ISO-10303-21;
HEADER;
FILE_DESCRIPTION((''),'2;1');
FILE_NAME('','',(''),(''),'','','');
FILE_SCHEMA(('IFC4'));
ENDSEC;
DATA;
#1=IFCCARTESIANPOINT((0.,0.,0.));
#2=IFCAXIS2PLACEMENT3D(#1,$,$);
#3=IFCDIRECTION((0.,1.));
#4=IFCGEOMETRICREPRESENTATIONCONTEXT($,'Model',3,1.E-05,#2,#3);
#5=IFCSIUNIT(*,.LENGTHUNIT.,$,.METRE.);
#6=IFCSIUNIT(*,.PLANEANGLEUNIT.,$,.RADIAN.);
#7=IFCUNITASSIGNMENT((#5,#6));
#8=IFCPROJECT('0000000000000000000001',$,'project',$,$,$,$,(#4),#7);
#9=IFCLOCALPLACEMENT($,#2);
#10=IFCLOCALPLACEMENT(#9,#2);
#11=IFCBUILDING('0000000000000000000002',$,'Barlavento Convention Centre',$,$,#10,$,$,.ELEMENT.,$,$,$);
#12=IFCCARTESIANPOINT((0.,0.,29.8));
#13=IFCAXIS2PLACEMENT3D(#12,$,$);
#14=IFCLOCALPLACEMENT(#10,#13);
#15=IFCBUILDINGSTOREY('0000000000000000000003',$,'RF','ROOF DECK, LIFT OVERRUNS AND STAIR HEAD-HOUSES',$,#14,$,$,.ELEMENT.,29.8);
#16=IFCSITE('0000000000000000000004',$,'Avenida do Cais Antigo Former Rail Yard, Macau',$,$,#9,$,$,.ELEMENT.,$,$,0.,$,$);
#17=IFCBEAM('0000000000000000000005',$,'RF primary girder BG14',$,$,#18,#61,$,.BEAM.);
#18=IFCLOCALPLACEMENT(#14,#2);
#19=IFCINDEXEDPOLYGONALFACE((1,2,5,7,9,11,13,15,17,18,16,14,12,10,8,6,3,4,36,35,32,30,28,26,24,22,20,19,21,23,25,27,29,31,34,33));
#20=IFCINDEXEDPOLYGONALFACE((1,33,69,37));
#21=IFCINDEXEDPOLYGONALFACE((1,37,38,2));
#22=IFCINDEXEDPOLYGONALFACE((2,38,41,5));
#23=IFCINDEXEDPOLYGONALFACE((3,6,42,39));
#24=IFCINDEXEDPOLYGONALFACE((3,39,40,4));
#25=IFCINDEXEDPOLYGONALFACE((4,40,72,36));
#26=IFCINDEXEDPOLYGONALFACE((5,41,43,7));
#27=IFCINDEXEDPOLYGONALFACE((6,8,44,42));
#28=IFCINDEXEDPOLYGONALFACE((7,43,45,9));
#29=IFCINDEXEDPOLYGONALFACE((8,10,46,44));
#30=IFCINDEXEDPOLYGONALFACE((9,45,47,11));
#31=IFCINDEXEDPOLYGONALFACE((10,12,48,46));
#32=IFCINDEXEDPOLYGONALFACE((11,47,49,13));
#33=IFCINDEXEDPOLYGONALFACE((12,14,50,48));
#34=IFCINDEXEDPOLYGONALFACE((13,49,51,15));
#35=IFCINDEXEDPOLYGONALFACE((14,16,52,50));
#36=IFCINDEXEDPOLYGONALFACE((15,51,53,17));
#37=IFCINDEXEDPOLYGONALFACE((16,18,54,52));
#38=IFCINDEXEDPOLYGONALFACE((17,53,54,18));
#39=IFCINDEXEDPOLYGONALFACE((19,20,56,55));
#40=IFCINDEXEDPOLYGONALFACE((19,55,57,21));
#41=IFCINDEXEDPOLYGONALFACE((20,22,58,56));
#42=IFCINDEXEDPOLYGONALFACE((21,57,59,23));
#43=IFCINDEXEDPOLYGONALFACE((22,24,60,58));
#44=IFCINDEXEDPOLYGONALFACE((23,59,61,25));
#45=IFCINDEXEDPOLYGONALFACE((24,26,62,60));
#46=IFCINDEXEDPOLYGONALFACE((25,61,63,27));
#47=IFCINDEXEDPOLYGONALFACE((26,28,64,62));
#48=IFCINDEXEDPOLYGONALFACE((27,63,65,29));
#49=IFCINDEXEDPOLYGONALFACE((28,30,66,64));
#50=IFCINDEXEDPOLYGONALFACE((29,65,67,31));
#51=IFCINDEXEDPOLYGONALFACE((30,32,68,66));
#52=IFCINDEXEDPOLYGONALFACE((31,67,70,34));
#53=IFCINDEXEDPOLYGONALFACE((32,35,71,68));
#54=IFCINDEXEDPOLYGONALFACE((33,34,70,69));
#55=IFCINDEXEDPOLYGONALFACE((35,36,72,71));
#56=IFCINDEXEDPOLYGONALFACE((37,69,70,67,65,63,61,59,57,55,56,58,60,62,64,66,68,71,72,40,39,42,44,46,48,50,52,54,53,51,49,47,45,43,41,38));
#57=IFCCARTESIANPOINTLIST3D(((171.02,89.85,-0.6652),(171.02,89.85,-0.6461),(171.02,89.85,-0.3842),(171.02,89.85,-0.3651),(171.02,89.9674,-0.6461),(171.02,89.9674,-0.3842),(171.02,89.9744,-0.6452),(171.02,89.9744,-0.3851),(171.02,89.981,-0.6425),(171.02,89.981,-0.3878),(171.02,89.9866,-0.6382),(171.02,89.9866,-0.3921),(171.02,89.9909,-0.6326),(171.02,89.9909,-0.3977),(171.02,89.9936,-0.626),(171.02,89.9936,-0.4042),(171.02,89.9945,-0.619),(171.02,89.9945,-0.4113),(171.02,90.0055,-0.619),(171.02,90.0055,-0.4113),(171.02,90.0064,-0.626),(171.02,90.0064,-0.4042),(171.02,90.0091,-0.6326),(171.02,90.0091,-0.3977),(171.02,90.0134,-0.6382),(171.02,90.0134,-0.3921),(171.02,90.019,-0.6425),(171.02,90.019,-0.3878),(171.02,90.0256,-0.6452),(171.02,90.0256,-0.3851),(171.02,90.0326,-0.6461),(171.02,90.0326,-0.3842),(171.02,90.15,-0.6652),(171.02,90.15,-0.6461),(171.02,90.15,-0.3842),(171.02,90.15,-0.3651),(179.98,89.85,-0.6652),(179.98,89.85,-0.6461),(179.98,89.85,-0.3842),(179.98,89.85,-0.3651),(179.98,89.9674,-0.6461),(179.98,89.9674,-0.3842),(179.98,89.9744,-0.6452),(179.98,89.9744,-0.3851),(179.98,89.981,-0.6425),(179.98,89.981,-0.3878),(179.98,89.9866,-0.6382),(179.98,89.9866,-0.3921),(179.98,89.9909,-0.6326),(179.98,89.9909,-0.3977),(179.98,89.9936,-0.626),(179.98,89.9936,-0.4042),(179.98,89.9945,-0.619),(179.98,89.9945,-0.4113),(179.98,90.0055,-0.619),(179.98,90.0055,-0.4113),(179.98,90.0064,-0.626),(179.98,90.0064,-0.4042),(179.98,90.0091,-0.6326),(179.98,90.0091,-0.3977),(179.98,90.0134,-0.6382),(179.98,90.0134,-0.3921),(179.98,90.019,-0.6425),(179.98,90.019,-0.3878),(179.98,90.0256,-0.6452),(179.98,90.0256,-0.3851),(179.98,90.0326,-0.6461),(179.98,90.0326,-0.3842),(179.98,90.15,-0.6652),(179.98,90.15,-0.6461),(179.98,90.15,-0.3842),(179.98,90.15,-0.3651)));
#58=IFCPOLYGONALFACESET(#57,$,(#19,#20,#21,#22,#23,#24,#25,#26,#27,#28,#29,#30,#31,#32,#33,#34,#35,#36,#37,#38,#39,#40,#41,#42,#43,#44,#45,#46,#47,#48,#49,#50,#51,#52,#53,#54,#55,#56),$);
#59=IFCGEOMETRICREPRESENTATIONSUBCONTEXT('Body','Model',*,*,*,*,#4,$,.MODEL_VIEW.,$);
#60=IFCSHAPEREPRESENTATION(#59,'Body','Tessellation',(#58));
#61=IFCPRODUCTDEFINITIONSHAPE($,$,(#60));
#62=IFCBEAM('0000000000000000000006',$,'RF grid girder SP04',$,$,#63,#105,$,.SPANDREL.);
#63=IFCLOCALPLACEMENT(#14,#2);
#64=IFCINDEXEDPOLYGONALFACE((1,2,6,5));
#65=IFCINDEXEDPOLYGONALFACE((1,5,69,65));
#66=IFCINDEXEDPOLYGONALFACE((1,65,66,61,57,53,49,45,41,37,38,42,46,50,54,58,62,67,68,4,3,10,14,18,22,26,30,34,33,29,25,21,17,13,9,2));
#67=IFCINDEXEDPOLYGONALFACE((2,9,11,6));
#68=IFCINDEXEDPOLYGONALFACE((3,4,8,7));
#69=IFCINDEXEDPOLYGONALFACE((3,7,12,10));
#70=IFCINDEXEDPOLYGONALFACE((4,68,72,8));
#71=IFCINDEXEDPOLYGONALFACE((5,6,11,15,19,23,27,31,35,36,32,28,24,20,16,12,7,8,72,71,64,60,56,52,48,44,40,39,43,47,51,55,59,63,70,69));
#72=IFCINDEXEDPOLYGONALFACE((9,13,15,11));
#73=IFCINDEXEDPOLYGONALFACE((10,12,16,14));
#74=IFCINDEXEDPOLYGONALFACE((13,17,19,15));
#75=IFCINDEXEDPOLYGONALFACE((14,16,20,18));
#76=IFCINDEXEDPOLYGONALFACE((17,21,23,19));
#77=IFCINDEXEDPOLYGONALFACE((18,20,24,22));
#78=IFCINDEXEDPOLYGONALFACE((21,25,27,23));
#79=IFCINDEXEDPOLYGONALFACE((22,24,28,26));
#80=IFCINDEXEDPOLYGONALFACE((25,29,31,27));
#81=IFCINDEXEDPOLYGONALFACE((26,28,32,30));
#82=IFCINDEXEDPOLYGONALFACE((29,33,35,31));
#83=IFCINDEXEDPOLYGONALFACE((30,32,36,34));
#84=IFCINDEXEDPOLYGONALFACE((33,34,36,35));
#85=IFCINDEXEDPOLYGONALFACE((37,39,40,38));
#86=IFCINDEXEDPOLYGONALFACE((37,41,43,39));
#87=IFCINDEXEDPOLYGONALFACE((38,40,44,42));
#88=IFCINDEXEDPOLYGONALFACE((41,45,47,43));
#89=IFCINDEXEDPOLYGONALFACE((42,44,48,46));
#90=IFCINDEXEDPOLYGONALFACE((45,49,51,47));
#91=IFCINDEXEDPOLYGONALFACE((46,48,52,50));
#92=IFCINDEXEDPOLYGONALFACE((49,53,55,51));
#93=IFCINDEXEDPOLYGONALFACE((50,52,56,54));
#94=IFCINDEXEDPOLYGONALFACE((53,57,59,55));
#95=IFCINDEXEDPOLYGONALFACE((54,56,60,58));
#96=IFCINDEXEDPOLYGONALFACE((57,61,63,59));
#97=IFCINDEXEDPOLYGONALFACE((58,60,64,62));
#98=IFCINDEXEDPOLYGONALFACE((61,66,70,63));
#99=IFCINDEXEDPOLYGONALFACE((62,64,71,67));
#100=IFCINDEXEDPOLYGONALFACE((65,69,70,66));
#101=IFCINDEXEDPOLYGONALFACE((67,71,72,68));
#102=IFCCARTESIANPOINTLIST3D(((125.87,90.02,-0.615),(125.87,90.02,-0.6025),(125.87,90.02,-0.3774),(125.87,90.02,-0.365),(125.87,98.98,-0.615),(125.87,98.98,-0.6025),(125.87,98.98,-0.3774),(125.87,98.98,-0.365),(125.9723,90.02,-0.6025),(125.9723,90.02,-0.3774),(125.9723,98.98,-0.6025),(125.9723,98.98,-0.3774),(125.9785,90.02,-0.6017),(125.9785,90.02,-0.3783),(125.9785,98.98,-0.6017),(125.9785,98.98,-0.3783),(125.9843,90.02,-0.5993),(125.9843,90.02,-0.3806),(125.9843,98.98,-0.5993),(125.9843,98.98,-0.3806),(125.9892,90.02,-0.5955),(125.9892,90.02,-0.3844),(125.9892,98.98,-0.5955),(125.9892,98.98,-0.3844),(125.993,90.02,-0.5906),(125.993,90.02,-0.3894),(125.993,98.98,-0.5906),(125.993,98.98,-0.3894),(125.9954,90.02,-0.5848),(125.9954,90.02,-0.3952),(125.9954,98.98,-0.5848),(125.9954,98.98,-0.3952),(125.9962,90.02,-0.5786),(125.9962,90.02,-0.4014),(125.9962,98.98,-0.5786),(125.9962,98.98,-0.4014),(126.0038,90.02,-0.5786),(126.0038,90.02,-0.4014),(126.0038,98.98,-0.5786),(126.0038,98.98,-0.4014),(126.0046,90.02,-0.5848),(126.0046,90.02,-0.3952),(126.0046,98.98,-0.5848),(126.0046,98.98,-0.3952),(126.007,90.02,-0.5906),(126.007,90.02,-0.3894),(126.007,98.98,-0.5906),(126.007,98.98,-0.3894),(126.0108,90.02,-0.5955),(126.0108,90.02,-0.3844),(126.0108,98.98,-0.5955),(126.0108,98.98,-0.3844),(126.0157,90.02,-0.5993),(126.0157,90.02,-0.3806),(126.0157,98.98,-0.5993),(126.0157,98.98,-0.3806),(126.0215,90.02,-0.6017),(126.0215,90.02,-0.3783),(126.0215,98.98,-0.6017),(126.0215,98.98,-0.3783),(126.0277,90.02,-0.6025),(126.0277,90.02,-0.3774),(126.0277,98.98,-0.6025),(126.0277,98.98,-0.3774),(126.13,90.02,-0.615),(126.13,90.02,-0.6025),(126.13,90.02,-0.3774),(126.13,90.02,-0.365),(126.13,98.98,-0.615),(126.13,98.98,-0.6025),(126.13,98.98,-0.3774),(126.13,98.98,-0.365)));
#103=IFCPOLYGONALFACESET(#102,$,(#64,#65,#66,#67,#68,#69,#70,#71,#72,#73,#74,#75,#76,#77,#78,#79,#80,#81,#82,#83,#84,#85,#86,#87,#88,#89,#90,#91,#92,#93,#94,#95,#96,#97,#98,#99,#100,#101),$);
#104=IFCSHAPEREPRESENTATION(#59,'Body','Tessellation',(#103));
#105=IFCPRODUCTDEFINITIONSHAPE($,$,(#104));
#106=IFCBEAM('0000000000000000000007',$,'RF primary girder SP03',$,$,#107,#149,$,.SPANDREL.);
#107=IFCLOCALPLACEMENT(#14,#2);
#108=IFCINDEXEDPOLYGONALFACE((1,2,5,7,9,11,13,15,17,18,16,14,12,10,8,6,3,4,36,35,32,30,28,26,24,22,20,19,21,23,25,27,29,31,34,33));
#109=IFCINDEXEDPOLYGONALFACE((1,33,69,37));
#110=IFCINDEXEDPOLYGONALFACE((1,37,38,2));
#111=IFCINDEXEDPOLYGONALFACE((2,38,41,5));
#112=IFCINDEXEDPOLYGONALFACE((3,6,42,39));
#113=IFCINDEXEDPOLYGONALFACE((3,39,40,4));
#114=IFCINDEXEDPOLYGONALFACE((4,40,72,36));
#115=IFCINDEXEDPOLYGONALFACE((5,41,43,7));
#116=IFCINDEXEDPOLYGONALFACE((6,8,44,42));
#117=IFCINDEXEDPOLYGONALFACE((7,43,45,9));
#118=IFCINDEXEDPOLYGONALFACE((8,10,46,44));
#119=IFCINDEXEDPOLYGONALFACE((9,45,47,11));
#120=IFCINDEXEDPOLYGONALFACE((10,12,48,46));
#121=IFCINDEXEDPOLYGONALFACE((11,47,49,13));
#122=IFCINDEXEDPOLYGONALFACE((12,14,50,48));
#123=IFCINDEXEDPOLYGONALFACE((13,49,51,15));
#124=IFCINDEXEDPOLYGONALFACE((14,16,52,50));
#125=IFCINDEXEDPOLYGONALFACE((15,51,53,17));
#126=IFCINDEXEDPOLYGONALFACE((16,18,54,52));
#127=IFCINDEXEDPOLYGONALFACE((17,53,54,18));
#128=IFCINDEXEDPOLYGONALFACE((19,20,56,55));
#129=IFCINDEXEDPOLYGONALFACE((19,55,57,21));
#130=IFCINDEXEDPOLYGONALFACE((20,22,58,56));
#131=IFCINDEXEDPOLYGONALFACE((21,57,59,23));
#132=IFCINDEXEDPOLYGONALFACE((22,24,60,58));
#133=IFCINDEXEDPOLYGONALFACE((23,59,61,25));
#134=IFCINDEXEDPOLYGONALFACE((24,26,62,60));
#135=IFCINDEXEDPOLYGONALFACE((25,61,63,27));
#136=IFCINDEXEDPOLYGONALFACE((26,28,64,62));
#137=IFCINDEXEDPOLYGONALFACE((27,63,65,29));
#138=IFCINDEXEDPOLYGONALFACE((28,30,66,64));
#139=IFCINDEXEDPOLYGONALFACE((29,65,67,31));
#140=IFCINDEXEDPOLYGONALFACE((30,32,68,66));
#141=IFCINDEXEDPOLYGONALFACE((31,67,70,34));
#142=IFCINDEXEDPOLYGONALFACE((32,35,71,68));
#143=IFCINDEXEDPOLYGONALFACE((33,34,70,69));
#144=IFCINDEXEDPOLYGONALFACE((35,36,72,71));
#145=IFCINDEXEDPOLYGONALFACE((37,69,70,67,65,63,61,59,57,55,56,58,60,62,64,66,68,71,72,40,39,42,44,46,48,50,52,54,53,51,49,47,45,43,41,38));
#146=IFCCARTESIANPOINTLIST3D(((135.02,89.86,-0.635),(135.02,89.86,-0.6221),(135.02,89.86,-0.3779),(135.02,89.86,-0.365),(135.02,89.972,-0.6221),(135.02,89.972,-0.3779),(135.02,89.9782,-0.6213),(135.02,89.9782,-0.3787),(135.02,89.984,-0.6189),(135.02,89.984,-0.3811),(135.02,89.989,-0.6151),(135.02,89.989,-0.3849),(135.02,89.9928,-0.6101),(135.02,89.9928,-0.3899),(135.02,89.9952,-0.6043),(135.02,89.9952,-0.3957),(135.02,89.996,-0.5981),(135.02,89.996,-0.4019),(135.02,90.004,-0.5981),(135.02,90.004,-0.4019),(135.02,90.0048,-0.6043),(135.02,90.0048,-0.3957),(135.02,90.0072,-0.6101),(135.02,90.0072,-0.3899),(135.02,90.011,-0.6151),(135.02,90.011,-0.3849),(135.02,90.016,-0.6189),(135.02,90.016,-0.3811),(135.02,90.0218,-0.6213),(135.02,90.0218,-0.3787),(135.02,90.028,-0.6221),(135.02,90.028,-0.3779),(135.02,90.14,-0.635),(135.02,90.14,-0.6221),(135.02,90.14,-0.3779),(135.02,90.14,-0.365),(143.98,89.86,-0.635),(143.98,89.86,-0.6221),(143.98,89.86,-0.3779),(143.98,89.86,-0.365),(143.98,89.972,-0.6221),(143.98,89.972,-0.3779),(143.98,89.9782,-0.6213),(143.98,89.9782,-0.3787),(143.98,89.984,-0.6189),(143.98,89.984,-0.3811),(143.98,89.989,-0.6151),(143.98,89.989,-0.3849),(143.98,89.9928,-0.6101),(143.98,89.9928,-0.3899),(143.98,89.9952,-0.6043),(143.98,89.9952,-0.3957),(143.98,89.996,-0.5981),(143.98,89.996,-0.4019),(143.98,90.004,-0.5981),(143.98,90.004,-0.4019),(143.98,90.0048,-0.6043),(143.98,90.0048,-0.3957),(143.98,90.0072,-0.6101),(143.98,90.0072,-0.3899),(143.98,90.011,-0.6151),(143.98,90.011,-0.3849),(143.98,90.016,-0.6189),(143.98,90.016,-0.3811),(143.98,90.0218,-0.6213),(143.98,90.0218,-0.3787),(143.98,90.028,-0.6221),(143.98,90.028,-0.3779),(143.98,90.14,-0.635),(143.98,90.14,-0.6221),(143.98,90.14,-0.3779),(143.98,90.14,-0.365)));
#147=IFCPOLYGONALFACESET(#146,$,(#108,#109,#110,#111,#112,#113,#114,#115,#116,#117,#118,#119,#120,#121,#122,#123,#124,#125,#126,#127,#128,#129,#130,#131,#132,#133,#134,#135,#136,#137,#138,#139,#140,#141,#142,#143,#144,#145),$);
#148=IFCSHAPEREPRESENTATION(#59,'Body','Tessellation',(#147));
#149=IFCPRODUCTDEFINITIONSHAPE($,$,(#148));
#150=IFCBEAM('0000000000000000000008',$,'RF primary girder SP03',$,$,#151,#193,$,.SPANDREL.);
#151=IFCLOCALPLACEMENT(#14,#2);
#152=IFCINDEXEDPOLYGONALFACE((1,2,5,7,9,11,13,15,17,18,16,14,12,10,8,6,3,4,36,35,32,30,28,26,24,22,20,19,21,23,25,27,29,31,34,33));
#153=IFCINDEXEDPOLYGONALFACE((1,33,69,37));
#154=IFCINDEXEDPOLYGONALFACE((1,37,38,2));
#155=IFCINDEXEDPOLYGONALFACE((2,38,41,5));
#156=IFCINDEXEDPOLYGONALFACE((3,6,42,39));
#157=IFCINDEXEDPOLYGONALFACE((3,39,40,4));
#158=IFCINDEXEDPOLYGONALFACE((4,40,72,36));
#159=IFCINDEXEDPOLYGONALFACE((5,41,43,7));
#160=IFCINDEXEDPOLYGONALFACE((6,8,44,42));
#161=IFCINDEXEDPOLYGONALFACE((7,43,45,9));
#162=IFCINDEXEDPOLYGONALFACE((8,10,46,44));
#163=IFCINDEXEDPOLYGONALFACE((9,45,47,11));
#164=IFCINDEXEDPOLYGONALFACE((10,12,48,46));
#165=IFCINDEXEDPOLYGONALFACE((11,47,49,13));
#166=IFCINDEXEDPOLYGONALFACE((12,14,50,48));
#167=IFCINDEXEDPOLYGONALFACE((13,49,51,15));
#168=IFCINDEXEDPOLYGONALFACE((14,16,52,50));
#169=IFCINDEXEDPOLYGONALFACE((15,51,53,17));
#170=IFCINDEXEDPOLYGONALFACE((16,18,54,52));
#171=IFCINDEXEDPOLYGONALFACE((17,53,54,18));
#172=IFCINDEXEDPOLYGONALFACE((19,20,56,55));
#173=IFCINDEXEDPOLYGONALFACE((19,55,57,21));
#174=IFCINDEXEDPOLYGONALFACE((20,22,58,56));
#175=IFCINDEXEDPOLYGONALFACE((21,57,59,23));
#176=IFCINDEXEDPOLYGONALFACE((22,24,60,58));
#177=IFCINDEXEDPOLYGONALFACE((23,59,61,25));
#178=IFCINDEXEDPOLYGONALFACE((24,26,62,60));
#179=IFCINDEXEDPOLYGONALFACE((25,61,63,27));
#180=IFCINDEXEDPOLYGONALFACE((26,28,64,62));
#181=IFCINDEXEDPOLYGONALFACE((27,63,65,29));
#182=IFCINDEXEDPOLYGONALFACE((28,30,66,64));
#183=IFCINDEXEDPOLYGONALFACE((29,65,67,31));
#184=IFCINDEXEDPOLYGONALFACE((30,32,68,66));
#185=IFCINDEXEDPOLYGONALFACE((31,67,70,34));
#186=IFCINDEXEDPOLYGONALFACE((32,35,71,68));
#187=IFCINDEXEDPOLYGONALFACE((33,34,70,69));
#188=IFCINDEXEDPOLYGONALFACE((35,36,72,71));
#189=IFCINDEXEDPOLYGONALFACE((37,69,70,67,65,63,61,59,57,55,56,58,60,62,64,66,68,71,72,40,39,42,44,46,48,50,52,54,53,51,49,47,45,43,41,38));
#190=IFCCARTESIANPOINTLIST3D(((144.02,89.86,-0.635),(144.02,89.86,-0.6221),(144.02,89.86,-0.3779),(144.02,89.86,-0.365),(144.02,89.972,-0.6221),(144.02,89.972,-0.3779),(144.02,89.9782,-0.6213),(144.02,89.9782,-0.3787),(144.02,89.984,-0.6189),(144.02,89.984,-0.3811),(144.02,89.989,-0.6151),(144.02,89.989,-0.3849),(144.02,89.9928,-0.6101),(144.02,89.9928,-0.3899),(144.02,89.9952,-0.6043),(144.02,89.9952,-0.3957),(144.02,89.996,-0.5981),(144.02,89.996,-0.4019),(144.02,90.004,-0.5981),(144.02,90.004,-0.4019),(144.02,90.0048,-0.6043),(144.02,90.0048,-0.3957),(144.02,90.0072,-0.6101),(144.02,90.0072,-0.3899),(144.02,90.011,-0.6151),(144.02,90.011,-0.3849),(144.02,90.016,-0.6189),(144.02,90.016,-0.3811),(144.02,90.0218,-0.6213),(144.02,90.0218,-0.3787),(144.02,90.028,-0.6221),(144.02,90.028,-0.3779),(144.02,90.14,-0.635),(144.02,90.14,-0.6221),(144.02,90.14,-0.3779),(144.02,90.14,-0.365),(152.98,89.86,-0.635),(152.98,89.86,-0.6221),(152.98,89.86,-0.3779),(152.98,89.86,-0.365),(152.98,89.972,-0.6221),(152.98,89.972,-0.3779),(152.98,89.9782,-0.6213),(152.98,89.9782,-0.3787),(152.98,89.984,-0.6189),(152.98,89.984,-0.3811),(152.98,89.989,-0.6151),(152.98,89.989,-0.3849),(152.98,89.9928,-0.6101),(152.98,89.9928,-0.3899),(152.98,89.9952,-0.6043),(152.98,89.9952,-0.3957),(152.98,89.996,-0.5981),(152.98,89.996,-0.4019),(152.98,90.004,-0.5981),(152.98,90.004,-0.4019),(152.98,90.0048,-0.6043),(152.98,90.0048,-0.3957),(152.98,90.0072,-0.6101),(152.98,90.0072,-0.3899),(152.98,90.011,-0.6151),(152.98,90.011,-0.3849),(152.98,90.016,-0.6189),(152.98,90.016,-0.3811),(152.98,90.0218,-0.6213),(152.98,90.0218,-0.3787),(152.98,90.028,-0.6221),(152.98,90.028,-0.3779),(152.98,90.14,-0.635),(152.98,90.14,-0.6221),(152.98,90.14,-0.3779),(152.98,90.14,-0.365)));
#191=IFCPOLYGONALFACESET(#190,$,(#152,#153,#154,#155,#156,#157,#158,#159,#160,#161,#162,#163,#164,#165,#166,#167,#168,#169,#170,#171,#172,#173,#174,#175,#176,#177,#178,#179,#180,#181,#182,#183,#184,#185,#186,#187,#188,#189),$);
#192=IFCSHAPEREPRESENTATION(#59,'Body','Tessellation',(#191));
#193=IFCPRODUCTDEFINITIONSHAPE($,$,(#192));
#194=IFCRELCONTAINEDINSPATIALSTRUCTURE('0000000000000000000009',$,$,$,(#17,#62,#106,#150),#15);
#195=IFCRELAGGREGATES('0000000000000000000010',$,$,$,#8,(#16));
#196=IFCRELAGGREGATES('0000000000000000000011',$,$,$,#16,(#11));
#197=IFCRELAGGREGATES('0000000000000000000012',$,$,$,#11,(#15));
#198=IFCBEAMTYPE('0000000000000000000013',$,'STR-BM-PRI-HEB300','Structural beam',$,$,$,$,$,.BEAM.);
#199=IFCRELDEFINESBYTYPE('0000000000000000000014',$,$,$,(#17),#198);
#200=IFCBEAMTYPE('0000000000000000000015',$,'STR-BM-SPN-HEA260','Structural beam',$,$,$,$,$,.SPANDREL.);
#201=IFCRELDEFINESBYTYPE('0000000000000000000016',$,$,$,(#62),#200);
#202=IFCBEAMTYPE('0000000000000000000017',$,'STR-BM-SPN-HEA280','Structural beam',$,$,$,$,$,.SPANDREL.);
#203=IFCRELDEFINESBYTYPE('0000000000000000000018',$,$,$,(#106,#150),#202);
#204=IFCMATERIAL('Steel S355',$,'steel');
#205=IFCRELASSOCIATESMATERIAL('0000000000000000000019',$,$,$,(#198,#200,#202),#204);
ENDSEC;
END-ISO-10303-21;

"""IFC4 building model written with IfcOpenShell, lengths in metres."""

from ifc_helpers import new_model, si_unit, direction, frame, origin, origin_2d, place, context, subcontext, project, spatial, i_section, extrude, material, material_profile, profile_set, type_object, element, save


model = new_model("IFC4")

# Units and contexts
model_context = context("Model", 3, precision=1e-05, world=origin(), true_north=direction((0.0, 1.0)))
body_context = subcontext(model_context, "Body", "Model", "MODEL_VIEW")
ifc_project = project(units=[si_unit("LENGTHUNIT", "METRE"), si_unit("PLANEANGLEUNIT", "RADIAN")], contexts=[model_context])

# Site, building, storey
site_placement = place(None, origin())
site = spatial("IfcSite", under=ifc_project, at=site_placement, Name="Avenida do Cais Antigo Former Rail Yard, Macau", CompositionType="ELEMENT", RefElevation=0.0)
building_placement = place(site_placement, origin())
building = spatial("IfcBuilding", under=site, at=building_placement, Name="Barlavento Convention Centre", CompositionType="ELEMENT")
storey_placement = place(building_placement, frame((0.0, 0.0, 29.8)))
storey = spatial("IfcBuildingStorey", under=building, at=storey_placement, Name="RF", Description="ROOF DECK, LIFT OVERRUNS AND STAIR HEAD-HOUSES", CompositionType="ELEMENT", Elevation=29.8)

# Beams
ifc_material_1 = material(Name="Steel S355", Category="steel")
ifc_material_profile_1 = material_profile(ifc_material_1, i_section(OverallWidth=0.3, OverallDepth=0.3, WebThickness=0.011, FlangeThickness=0.019, FilletRadius=0.0271, at=origin_2d()), Name="HEB 300")
ifc_profile_set_1 = profile_set([ifc_material_profile_1], Name="Steel S355")
beam_type_1 = type_object("IfcBeamType", Name="STR-BM-PRI-HEB300", Description="Structural beam", PredefinedType="BEAM", material=ifc_profile_set_1)
for number, where, z_axis, x_axis, name in (
    (1, (171.02, 90.0, -0.5151), (1.0, 0.0, 0.0), (0.0, 1.0, 0.0), "RF primary girder BG14"),
):
    element("IfcBeam", number, at=place(storey_placement, frame(where, z_axis=z_axis, x_axis=x_axis)), inside=storey, type_object=beam_type_1, Name=name, PredefinedType="BEAM", context=body_context, shape_type="SweptSolid", body=[
        extrude(i_section(OverallWidth=0.3, OverallDepth=0.3, WebThickness=0.011, FlangeThickness=0.019, FilletRadius=0.0271, at=origin_2d()), origin(), (0.0, 0.0, 1.0), 8.96),
    ])
ifc_material_profile_2 = material_profile(ifc_material_1, i_section(OverallWidth=0.26, OverallDepth=0.25, WebThickness=0.0076, FlangeThickness=0.0125, FilletRadius=0.0239, at=origin_2d()), Name="HEA 260")
ifc_profile_set_2 = profile_set([ifc_material_profile_2], Name="Steel S355")
beam_type_2 = type_object("IfcBeamType", Name="STR-BM-SPN-HEA260", Description="Structural beam", PredefinedType="SPANDREL", material=ifc_profile_set_2)
beam_placement = place(storey_placement, frame((126.0, 90.02, -0.49), z_axis=(0.0, 1.0, 0.0), x_axis=(-1.0, 0.0, 0.0)))
element("IfcBeam", 2, at=beam_placement, inside=storey, type_object=beam_type_2, Name="RF grid girder SP04", PredefinedType="SPANDREL", context=body_context, shape_type="SweptSolid", body=[
    extrude(i_section(OverallWidth=0.26, OverallDepth=0.25, WebThickness=0.0076, FlangeThickness=0.0125, FilletRadius=0.0239, at=origin_2d()), origin(), (0.0, 0.0, 1.0), 8.96),
])
ifc_material_profile_3 = material_profile(ifc_material_1, i_section(OverallWidth=0.28, OverallDepth=0.27, WebThickness=0.0081, FlangeThickness=0.0129, FilletRadius=0.0239, at=origin_2d()), Name="HEA 280")
ifc_profile_set_3 = profile_set([ifc_material_profile_3], Name="Steel S355")
beam_type_3 = type_object("IfcBeamType", Name="STR-BM-SPN-HEA280", Description="Structural beam", PredefinedType="SPANDREL", material=ifc_profile_set_3)
for number, where, z_axis, x_axis, name in (
    (3, (135.02, 90.0, -0.5), (1.0, 0.0, 0.0), (0.0, 1.0, 0.0), "RF primary girder SP03"),
    (4, (144.02, 90.0, -0.5), (1.0, 0.0, 0.0), (0.0, 1.0, 0.0), "RF primary girder SP03"),
):
    element("IfcBeam", number, at=place(storey_placement, frame(where, z_axis=z_axis, x_axis=x_axis)), inside=storey, type_object=beam_type_3, Name=name, PredefinedType="SPANDREL", context=body_context, shape_type="SweptSolid", body=[
        extrude(i_section(OverallWidth=0.28, OverallDepth=0.27, WebThickness=0.0081, FlangeThickness=0.0129, FilletRadius=0.0239, at=origin_2d()), origin(), (0.0, 0.0, 1.0), 8.96),
    ])

save(model, "model.ifc")
